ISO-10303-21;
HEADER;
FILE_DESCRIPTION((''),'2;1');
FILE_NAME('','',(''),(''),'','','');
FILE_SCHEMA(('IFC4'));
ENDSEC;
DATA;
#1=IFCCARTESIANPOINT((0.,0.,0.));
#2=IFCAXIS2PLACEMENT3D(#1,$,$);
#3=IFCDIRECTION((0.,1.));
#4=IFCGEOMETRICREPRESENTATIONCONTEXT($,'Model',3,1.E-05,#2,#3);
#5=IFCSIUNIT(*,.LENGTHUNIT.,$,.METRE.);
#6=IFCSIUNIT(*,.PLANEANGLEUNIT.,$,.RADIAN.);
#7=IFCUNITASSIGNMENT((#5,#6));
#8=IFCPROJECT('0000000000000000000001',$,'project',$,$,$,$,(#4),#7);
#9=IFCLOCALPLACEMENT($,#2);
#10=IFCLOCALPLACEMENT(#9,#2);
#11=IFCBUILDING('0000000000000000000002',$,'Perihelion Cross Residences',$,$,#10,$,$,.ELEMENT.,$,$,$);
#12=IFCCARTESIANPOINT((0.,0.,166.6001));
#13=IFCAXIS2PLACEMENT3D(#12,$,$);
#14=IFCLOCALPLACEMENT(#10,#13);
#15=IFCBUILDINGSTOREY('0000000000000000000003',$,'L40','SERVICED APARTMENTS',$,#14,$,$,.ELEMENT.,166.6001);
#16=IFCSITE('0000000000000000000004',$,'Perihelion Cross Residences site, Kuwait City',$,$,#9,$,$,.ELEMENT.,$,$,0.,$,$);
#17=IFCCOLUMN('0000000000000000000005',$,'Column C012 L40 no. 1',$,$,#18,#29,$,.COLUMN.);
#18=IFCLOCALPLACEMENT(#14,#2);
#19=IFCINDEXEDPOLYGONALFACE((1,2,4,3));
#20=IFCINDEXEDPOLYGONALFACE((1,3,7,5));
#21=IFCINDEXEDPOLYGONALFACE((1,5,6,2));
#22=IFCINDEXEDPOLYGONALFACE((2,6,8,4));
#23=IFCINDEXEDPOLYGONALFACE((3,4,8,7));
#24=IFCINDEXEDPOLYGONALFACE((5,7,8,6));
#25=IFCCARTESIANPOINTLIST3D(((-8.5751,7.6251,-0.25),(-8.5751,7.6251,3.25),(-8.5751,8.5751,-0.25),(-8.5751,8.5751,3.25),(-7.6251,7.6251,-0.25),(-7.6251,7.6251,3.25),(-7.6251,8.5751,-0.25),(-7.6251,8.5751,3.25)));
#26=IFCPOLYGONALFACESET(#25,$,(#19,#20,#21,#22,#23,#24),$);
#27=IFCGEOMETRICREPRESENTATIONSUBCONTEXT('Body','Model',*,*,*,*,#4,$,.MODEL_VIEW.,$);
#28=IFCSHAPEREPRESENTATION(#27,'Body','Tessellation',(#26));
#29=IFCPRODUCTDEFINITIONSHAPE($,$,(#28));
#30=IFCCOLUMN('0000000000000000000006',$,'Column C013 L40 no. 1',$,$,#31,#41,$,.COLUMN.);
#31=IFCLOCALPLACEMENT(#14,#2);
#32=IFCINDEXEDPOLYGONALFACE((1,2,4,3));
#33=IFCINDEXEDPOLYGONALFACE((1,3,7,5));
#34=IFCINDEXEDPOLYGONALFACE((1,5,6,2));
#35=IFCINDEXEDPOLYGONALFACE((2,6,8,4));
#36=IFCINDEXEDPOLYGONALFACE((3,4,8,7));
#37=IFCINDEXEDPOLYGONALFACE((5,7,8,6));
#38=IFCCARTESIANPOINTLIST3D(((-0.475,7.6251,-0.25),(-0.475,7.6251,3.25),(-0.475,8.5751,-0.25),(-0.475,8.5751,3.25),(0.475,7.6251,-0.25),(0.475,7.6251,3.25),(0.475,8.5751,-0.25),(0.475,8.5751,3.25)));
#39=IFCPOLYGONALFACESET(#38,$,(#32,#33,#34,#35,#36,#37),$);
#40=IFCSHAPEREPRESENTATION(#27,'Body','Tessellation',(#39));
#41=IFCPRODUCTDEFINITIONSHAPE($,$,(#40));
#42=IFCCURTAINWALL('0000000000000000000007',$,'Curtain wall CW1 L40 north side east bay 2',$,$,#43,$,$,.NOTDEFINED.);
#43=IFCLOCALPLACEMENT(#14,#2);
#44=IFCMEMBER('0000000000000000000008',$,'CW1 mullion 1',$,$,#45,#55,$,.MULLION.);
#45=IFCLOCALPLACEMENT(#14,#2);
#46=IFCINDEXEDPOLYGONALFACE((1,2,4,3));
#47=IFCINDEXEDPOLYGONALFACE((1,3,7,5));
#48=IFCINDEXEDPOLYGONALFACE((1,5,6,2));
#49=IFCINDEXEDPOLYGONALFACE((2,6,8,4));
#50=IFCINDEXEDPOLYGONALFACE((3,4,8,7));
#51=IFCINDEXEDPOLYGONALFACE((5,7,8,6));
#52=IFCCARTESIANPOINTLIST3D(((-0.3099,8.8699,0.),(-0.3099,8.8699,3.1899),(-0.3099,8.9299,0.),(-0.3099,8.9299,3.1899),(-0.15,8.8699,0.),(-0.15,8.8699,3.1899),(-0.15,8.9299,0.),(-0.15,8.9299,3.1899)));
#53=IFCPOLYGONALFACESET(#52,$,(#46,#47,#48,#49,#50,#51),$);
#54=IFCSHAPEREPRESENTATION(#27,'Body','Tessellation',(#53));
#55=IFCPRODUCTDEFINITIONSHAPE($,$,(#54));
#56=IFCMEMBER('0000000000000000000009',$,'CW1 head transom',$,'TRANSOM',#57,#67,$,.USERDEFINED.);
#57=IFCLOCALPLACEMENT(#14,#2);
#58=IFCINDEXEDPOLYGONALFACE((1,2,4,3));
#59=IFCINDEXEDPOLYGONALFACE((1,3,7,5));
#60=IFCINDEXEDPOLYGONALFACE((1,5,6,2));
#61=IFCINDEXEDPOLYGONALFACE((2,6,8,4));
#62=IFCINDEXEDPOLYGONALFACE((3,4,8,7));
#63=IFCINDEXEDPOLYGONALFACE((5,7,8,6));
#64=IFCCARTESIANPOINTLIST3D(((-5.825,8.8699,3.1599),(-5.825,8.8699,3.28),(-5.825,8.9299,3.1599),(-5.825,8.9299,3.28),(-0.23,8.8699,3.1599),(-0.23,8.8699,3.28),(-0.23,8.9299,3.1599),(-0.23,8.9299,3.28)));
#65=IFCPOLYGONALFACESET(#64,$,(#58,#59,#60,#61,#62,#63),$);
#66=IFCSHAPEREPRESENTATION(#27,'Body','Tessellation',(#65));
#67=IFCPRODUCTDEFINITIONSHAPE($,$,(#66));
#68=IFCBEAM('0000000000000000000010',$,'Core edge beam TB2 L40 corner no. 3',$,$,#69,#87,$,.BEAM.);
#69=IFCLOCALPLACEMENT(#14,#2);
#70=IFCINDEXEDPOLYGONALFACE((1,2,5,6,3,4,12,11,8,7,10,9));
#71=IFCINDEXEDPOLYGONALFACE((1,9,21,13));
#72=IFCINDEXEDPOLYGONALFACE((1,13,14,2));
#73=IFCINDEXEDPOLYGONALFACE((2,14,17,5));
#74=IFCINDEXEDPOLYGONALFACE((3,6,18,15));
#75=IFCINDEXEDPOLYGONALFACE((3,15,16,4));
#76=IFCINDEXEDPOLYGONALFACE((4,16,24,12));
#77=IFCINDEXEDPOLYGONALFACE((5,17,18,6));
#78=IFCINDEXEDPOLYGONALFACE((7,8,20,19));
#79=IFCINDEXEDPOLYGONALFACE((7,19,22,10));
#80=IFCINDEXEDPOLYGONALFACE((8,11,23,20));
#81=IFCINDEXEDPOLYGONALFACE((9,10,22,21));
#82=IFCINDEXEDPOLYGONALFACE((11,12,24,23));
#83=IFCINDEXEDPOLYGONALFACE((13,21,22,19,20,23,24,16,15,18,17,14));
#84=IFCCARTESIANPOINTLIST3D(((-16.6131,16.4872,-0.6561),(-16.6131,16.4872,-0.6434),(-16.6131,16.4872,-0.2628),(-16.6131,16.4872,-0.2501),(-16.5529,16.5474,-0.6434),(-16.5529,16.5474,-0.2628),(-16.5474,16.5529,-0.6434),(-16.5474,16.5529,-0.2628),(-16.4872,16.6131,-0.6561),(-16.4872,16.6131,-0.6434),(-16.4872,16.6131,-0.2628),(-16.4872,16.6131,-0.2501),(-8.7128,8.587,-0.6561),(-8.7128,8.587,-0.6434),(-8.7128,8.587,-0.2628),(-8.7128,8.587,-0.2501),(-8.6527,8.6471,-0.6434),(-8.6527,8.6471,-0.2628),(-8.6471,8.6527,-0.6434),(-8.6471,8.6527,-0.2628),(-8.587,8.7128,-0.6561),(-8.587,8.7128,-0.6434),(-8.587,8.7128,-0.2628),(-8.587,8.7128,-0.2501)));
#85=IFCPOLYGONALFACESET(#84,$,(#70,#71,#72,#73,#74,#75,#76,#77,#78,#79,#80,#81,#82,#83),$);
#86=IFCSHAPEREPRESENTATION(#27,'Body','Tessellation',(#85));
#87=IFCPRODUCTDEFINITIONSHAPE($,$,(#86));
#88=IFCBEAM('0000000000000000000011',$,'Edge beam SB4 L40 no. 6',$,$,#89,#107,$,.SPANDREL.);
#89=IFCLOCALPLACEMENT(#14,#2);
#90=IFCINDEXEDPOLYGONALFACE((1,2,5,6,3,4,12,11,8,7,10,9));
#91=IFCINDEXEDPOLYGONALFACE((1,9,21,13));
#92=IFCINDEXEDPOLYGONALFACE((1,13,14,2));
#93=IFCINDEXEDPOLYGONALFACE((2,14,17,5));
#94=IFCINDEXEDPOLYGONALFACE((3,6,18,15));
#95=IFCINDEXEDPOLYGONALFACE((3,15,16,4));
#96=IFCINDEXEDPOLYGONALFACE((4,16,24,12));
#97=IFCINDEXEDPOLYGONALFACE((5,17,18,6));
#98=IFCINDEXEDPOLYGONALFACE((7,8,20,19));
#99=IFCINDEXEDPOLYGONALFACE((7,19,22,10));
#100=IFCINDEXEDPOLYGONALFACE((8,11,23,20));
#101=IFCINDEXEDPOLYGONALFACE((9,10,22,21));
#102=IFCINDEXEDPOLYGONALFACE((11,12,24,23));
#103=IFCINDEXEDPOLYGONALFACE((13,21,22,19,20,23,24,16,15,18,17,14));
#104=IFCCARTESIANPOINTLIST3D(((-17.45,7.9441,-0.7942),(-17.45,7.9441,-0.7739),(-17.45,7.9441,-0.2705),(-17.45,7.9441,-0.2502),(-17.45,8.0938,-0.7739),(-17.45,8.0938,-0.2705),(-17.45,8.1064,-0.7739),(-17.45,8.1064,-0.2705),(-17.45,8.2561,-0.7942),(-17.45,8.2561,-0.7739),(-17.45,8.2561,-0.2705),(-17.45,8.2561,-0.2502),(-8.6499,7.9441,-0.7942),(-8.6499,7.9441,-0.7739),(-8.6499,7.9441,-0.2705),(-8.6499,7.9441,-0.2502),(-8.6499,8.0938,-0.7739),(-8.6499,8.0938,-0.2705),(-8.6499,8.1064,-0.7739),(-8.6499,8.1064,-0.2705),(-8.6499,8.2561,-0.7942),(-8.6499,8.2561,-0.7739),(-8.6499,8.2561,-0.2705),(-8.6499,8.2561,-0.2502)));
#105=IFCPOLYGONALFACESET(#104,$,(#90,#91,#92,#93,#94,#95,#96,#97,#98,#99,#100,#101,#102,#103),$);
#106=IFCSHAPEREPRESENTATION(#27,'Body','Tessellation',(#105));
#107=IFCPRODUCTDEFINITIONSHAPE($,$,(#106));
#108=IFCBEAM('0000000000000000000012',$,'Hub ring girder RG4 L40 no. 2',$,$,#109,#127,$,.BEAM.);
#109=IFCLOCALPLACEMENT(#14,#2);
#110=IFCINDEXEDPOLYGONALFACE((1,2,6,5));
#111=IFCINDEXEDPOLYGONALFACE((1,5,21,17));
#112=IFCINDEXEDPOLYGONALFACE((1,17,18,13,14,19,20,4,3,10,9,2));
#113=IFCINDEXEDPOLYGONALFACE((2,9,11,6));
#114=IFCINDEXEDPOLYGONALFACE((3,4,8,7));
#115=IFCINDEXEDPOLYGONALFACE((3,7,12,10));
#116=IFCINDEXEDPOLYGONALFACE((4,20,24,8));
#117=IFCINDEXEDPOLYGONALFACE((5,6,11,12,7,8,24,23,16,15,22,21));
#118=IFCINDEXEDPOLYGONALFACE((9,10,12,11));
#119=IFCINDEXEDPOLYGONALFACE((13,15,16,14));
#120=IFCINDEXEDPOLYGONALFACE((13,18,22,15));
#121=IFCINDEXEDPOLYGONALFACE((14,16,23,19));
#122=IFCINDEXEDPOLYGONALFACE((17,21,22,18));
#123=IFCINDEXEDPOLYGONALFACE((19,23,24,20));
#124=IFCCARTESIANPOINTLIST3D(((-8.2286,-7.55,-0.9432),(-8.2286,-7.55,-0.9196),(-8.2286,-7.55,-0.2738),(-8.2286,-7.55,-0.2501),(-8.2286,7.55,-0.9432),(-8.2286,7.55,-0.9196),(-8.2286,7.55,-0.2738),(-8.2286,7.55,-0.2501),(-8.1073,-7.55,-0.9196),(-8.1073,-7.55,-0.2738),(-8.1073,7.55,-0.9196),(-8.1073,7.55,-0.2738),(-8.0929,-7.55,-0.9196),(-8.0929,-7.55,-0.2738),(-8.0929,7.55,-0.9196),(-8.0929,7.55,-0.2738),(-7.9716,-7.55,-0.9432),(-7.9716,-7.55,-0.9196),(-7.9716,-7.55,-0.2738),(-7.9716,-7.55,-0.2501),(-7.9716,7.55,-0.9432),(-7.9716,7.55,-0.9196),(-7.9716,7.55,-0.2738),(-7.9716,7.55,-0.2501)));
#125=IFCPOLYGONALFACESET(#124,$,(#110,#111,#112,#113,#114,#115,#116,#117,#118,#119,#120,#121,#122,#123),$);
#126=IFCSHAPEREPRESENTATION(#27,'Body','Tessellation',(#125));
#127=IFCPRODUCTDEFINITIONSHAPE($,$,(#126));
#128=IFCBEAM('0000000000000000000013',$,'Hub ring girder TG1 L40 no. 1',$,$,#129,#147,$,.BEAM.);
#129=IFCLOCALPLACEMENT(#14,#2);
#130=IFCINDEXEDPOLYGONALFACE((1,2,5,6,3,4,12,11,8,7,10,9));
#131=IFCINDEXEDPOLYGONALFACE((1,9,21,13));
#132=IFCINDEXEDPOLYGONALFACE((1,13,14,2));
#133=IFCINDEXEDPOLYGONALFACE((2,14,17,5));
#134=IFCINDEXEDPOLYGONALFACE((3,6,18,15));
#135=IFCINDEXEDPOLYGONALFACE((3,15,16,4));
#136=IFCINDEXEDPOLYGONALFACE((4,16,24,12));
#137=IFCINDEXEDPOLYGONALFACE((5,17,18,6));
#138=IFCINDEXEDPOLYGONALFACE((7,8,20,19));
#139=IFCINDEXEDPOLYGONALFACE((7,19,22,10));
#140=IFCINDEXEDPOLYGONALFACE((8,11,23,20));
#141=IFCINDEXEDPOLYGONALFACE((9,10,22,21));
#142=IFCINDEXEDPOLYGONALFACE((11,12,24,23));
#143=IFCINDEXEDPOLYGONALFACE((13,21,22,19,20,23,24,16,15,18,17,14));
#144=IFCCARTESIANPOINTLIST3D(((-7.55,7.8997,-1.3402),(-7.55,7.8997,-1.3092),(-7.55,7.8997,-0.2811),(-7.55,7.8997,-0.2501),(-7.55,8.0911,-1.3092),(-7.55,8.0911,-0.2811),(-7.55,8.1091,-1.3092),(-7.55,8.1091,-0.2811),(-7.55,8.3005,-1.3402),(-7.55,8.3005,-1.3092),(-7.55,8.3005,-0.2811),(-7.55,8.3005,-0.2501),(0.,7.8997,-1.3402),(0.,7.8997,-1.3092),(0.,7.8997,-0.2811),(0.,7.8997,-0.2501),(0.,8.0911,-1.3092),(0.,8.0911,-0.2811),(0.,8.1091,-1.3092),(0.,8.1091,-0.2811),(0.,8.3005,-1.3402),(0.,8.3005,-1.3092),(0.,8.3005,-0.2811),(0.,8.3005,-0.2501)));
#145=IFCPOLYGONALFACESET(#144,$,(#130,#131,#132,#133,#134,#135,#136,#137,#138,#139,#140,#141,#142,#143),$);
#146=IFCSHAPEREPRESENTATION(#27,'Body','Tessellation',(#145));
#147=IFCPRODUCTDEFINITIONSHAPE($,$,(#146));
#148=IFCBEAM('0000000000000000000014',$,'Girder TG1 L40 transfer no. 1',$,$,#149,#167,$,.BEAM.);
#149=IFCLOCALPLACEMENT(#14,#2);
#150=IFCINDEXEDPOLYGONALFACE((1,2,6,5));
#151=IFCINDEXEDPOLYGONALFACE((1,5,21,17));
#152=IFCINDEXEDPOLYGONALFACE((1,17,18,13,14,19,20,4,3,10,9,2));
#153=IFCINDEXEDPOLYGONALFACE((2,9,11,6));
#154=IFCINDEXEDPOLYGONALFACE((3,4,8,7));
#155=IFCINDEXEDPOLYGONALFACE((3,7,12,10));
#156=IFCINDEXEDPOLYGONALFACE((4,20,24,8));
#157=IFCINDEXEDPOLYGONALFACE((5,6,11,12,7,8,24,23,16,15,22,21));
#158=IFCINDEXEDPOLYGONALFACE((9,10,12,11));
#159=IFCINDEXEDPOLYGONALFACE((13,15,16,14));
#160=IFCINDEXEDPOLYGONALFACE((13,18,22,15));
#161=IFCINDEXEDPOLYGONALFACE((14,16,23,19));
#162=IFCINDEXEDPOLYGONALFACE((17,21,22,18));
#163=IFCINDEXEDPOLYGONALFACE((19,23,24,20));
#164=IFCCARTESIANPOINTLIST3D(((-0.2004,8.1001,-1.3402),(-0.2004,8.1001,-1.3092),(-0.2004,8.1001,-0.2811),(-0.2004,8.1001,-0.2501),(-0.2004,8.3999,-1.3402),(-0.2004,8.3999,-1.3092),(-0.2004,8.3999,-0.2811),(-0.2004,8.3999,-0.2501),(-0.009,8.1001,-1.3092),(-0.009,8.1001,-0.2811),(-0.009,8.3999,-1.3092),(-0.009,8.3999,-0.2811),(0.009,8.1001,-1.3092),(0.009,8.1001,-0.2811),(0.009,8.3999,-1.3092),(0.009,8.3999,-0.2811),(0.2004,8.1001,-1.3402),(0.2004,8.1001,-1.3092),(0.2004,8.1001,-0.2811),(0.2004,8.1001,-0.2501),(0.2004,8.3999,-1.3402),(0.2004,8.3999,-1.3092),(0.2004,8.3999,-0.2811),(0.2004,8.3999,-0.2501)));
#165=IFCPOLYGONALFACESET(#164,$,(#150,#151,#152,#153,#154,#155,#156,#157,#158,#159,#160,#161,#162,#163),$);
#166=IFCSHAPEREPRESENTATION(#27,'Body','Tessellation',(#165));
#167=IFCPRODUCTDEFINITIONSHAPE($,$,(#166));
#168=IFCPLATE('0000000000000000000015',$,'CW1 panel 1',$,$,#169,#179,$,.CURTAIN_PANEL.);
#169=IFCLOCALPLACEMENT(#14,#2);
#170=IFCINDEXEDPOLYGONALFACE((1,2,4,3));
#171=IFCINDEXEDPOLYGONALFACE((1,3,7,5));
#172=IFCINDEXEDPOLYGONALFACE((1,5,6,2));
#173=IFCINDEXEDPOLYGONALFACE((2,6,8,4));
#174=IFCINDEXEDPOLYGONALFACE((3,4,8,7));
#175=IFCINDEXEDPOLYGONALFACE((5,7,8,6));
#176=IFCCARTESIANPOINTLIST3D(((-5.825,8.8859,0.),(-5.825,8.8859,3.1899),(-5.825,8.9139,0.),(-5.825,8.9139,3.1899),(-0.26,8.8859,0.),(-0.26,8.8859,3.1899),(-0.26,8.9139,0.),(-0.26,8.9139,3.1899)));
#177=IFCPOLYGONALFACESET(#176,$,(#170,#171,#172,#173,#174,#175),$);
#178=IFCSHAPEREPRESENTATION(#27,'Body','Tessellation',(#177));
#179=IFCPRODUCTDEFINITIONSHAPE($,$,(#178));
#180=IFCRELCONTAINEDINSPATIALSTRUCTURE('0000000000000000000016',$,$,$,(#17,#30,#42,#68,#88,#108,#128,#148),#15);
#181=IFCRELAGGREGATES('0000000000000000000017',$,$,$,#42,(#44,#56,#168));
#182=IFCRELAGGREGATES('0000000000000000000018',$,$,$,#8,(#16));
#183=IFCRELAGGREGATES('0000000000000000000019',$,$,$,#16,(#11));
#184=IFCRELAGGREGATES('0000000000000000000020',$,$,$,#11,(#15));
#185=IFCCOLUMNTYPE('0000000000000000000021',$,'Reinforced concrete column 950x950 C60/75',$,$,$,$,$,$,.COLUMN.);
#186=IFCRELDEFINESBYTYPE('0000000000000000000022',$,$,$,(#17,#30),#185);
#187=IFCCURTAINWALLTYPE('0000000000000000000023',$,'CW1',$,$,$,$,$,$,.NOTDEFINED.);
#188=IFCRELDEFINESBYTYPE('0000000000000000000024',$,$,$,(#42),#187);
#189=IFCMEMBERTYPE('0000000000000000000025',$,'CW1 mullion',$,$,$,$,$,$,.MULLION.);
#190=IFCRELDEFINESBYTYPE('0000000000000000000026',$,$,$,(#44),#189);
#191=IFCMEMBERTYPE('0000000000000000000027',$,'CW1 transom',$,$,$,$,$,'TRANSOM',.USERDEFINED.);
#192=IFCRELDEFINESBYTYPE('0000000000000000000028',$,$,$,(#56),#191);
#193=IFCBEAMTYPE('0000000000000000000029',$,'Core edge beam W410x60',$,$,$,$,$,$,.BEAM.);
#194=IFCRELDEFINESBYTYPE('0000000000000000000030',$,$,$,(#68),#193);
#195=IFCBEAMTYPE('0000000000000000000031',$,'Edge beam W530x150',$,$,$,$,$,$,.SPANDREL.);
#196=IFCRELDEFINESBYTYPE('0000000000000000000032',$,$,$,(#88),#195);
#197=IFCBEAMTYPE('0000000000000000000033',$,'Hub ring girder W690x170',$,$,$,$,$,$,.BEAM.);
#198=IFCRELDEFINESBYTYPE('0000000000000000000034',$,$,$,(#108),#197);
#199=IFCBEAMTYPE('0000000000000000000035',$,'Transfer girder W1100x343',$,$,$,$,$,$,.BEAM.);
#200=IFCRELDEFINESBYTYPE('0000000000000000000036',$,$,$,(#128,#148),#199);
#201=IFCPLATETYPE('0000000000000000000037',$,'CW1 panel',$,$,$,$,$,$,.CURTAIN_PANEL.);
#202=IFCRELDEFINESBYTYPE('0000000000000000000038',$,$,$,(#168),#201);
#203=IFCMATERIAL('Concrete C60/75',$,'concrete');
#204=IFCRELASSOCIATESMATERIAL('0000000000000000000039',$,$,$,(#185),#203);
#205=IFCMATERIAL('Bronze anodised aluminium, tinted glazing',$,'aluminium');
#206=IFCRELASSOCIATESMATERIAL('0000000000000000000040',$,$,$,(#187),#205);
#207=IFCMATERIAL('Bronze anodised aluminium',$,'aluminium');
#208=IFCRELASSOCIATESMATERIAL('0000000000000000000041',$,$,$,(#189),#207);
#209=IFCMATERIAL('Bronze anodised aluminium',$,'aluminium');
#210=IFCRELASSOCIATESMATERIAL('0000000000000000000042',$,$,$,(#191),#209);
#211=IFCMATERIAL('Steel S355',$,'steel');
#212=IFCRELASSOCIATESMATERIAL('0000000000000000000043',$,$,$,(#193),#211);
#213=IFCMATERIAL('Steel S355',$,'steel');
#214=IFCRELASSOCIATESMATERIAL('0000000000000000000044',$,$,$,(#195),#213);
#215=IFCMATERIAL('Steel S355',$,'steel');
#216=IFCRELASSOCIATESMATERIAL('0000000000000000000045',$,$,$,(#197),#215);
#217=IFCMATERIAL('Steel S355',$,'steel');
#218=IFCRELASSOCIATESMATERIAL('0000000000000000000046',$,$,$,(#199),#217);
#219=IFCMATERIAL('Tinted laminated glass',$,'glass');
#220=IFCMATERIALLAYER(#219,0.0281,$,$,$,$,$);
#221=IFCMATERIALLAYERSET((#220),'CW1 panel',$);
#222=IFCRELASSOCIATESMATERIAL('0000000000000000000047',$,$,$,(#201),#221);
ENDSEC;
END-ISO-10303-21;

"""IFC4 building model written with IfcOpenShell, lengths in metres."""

from ifc_helpers import new_model, si_unit, direction, frame, origin, origin_2d, place, context, subcontext, project, spatial, rectangle, i_section, extrude, material, layer, layer_set, material_profile, profile_set, type_object, element, aggregate, save


model = new_model("IFC4")

# Units and contexts
model_context = context("Model", 3, precision=1e-05, world=origin(), true_north=direction((0.0, 1.0)))
body_context = subcontext(model_context, "Body", "Model", "MODEL_VIEW")
ifc_project = project(units=[si_unit("LENGTHUNIT", "METRE"), si_unit("PLANEANGLEUNIT", "RADIAN")], contexts=[model_context])

# Site, building, storey
site_placement = place(None, origin())
site = spatial("IfcSite", under=ifc_project, at=site_placement, Name="Perihelion Cross Residences site, Kuwait City", CompositionType="ELEMENT", RefElevation=0.0)
building_placement = place(site_placement, origin())
building = spatial("IfcBuilding", under=site, at=building_placement, Name="Perihelion Cross Residences", CompositionType="ELEMENT")
storey_placement = place(building_placement, frame((0.0, 0.0, 166.6001)))
storey = spatial("IfcBuildingStorey", under=building, at=storey_placement, Name="L40", Description="SERVICED APARTMENTS", CompositionType="ELEMENT", Elevation=166.6001)

# Columns
ifc_material_1 = material(Name="Concrete C60/75", Category="concrete")
ifc_material_profile_1 = material_profile(ifc_material_1, rectangle(XDim=0.95, YDim=0.95, at=origin_2d()), Name="RC 950x950")
ifc_profile_set_1 = profile_set([ifc_material_profile_1], Name="Concrete C60/75")
column_type = type_object("IfcColumnType", Name="Reinforced concrete column 950x950 C60/75", PredefinedType="COLUMN", material=ifc_profile_set_1)
for number, where, z_axis, x_axis, name in (
    (1, (-8.1001, 8.1001, -0.25), (0.0, 0.0, 1.0), (1.0, 0.0, 0.0), "Column C012 L40 no. 1"),
    (2, (0.0, 8.1001, -0.25), (0.0, 0.0, 1.0), (1.0, 0.0, 0.0), "Column C013 L40 no. 1"),
):
    element("IfcColumn", number, at=place(storey_placement, frame(where, z_axis=z_axis, x_axis=x_axis)), inside=storey, type_object=column_type, Name=name, PredefinedType="COLUMN", context=body_context, shape_type="SweptSolid", body=[
        extrude(rectangle(XDim=0.95, YDim=0.95, at=origin_2d()), origin(), (0.0, 0.0, 1.0), 3.5),
    ])

# Curtain wall, members
ifc_material_2 = material(Name="Bronze anodised aluminium, tinted glazing", Category="aluminium")
curtain_wall_type = type_object("IfcCurtainWallType", Name="CW1", PredefinedType="NOTDEFINED", material=ifc_material_2)
curtain_wall_placement = place(storey_placement, origin())
curtain_wall = element("IfcCurtainWall", 3, at=curtain_wall_placement, inside=storey, type_object=curtain_wall_type, Name="Curtain wall CW1 L40 north side east bay 2", PredefinedType="NOTDEFINED")
ifc_material_3 = material(Name="Bronze anodised aluminium", Category="aluminium")
ifc_material_profile_2 = material_profile(ifc_material_3, rectangle(XDim=0.0601, YDim=0.1599, at=origin_2d()), Name="CW1 mullion")
ifc_profile_set_2 = profile_set([ifc_material_profile_2], Name="Bronze anodised aluminium")
member_type_1 = type_object("IfcMemberType", Name="CW1 mullion", PredefinedType="MULLION", material=ifc_profile_set_2)
member_1_placement = place(storey_placement, frame((-0.23, 8.8999, 0.0), z_axis=(0.0, 0.0, 1.0), x_axis=(0.0, -1.0, 0.0)))
member_1 = element("IfcMember", 4, at=member_1_placement, type_object=member_type_1, Name="CW1 mullion 1", PredefinedType="MULLION", context=body_context, shape_type="SweptSolid", body=[
    extrude(rectangle(XDim=0.0601, YDim=0.1599, at=origin_2d()), origin(), (0.0, 0.0, 1.0), 3.1899),
])
ifc_material_4 = material(Name="Bronze anodised aluminium", Category="aluminium")
ifc_material_profile_3 = material_profile(ifc_material_4, rectangle(XDim=0.0601, YDim=0.1201, at=origin_2d()), Name="CW1 transom")
ifc_profile_set_3 = profile_set([ifc_material_profile_3], Name="Bronze anodised aluminium")
member_type_2 = type_object("IfcMemberType", Name="CW1 transom", ElementType="TRANSOM", PredefinedType="USERDEFINED", material=ifc_profile_set_3)
member_2_placement = place(storey_placement, frame((-0.23, 8.8999, 3.22), z_axis=(-1.0, 0.0, 0.0), x_axis=(0.0, -1.0, 0.0)))
member_2 = element("IfcMember", 5, at=member_2_placement, type_object=member_type_2, Name="CW1 head transom", ObjectType="TRANSOM", PredefinedType="USERDEFINED", context=body_context, shape_type="SweptSolid", body=[
    extrude(rectangle(XDim=0.0601, YDim=0.1201, at=origin_2d()), origin(), (0.0, 0.0, 1.0), 5.595),
])

# Beams
ifc_material_5 = material(Name="Steel S355", Category="steel")
ifc_material_profile_4 = material_profile(ifc_material_5, i_section(OverallWidth=0.178, OverallDepth=0.406, WebThickness=0.0078, FlangeThickness=0.0127, at=origin_2d()), Name="W410x60")
ifc_profile_set_4 = profile_set([ifc_material_profile_4], Name="Steel S355")
beam_type_1 = type_object("IfcBeamType", Name="Core edge beam W410x60", PredefinedType="BEAM", material=ifc_profile_set_4)
beam_1_placement = place(storey_placement, frame((-8.6499, 8.6499, -0.4531), z_axis=(-0.707107, 0.707107, 0.0), x_axis=(-0.707107, -0.707107, 0.0)))
element("IfcBeam", 6, at=beam_1_placement, inside=storey, type_object=beam_type_1, Name="Core edge beam TB2 L40 corner no. 3", PredefinedType="BEAM", context=body_context, shape_type="SweptSolid", body=[
    extrude(i_section(OverallWidth=0.178, OverallDepth=0.406, WebThickness=0.0078, FlangeThickness=0.0127, at=origin_2d()), origin(), (0.0, 0.0, 1.0), 11.1726),
])
ifc_material_6 = material(Name="Steel S355", Category="steel")
ifc_material_profile_5 = material_profile(ifc_material_6, i_section(OverallWidth=0.312, OverallDepth=0.5439, WebThickness=0.0127, FlangeThickness=0.0203, at=origin_2d()), Name="W530x150")
ifc_profile_set_5 = profile_set([ifc_material_profile_5], Name="Steel S355")
beam_type_2 = type_object("IfcBeamType", Name="Edge beam W530x150", PredefinedType="SPANDREL", material=ifc_profile_set_5)
beam_2_placement = place(storey_placement, frame((-8.6499, 8.1001, -0.5222), z_axis=(-1.0, 0.0, 0.0), x_axis=(0.0, -1.0, 0.0)))
element("IfcBeam", 7, at=beam_2_placement, inside=storey, type_object=beam_type_2, Name="Edge beam SB4 L40 no. 6", PredefinedType="SPANDREL", context=body_context, shape_type="SweptSolid", body=[
    extrude(i_section(OverallWidth=0.312, OverallDepth=0.5439, WebThickness=0.0127, FlangeThickness=0.0203, at=origin_2d()), origin(), (0.0, 0.0, 1.0), 8.8),
])
ifc_material_7 = material(Name="Steel S355", Category="steel")
ifc_material_profile_6 = material_profile(ifc_material_7, i_section(OverallWidth=0.2571, OverallDepth=0.6931, WebThickness=0.0144, FlangeThickness=0.0237, at=origin_2d()), Name="W690x170")
ifc_profile_set_6 = profile_set([ifc_material_profile_6], Name="Steel S355")
beam_type_3 = type_object("IfcBeamType", Name="Hub ring girder W690x170", PredefinedType="BEAM", material=ifc_profile_set_6)
beam_3_placement = place(storey_placement, frame((-8.1001, 7.55, -0.5967), z_axis=(0.0, -1.0, 0.0), x_axis=(1.0, 0.0, 0.0)))
element("IfcBeam", 8, at=beam_3_placement, inside=storey, type_object=beam_type_3, Name="Hub ring girder RG4 L40 no. 2", PredefinedType="BEAM", context=body_context, shape_type="SweptSolid", body=[
    extrude(i_section(OverallWidth=0.2571, OverallDepth=0.6931, WebThickness=0.0144, FlangeThickness=0.0237, at=origin_2d()), origin(), (0.0, 0.0, 1.0), 15.1001),
])
ifc_material_8 = material(Name="Steel S355", Category="steel")
ifc_material_profile_7 = material_profile(ifc_material_8, i_section(OverallWidth=0.4009, OverallDepth=1.0901, WebThickness=0.0181, FlangeThickness=0.031, at=origin_2d()), Name="W1100x343")
ifc_profile_set_7 = profile_set([ifc_material_profile_7], Name="Steel S355")
beam_type_4 = type_object("IfcBeamType", Name="Transfer girder W1100x343", PredefinedType="BEAM", material=ifc_profile_set_7)
beam_4_placement = place(storey_placement, frame((0.0, 8.1001, -0.7952), z_axis=(-1.0, 0.0, 0.0), x_axis=(0.0, -1.0, 0.0)))
element("IfcBeam", 9, at=beam_4_placement, inside=storey, type_object=beam_type_4, Name="Hub ring girder TG1 L40 no. 1", PredefinedType="BEAM", context=body_context, shape_type="SweptSolid", body=[
    extrude(i_section(OverallWidth=0.4009, OverallDepth=1.0901, WebThickness=0.0181, FlangeThickness=0.031, at=origin_2d()), origin(), (0.0, 0.0, 1.0), 7.55),
])
beam_5_placement = place(storey_placement, frame((0.0, 8.3999, -0.7952), z_axis=(0.0, -1.0, 0.0), x_axis=(1.0, 0.0, 0.0)))
element("IfcBeam", 10, at=beam_5_placement, inside=storey, type_object=beam_type_4, Name="Girder TG1 L40 transfer no. 1", PredefinedType="BEAM", context=body_context, shape_type="SweptSolid", body=[
    extrude(i_section(OverallWidth=0.4009, OverallDepth=1.0901, WebThickness=0.0181, FlangeThickness=0.031, at=origin_2d()), origin(), (0.0, 0.0, 1.0), 0.2998),
])

# Plate
ifc_material_9 = material(Name="Tinted laminated glass", Category="glass")
ifc_layer_1 = layer(ifc_material_9, 0.0281)
ifc_layer_set_1 = layer_set([ifc_layer_1], Name="CW1 panel")
plate_type = type_object("IfcPlateType", Name="CW1 panel", PredefinedType="CURTAIN_PANEL", material=ifc_layer_set_1)
plate_placement = place(storey_placement, frame((-3.0425, 8.8999, 0.0), z_axis=(0.0, 0.0, 1.0), x_axis=(-1.0, 0.0, 0.0)))
plate = element("IfcPlate", 11, at=plate_placement, type_object=plate_type, Name="CW1 panel 1", PredefinedType="CURTAIN_PANEL", context=body_context, shape_type="SweptSolid", body=[
    extrude(rectangle(XDim=5.5649, YDim=0.0281, at=origin_2d()), origin(), (0.0, 0.0, 1.0), 3.1899),
])
aggregate(curtain_wall, [member_1, member_2, plate])

save(model, "model.ifc")
